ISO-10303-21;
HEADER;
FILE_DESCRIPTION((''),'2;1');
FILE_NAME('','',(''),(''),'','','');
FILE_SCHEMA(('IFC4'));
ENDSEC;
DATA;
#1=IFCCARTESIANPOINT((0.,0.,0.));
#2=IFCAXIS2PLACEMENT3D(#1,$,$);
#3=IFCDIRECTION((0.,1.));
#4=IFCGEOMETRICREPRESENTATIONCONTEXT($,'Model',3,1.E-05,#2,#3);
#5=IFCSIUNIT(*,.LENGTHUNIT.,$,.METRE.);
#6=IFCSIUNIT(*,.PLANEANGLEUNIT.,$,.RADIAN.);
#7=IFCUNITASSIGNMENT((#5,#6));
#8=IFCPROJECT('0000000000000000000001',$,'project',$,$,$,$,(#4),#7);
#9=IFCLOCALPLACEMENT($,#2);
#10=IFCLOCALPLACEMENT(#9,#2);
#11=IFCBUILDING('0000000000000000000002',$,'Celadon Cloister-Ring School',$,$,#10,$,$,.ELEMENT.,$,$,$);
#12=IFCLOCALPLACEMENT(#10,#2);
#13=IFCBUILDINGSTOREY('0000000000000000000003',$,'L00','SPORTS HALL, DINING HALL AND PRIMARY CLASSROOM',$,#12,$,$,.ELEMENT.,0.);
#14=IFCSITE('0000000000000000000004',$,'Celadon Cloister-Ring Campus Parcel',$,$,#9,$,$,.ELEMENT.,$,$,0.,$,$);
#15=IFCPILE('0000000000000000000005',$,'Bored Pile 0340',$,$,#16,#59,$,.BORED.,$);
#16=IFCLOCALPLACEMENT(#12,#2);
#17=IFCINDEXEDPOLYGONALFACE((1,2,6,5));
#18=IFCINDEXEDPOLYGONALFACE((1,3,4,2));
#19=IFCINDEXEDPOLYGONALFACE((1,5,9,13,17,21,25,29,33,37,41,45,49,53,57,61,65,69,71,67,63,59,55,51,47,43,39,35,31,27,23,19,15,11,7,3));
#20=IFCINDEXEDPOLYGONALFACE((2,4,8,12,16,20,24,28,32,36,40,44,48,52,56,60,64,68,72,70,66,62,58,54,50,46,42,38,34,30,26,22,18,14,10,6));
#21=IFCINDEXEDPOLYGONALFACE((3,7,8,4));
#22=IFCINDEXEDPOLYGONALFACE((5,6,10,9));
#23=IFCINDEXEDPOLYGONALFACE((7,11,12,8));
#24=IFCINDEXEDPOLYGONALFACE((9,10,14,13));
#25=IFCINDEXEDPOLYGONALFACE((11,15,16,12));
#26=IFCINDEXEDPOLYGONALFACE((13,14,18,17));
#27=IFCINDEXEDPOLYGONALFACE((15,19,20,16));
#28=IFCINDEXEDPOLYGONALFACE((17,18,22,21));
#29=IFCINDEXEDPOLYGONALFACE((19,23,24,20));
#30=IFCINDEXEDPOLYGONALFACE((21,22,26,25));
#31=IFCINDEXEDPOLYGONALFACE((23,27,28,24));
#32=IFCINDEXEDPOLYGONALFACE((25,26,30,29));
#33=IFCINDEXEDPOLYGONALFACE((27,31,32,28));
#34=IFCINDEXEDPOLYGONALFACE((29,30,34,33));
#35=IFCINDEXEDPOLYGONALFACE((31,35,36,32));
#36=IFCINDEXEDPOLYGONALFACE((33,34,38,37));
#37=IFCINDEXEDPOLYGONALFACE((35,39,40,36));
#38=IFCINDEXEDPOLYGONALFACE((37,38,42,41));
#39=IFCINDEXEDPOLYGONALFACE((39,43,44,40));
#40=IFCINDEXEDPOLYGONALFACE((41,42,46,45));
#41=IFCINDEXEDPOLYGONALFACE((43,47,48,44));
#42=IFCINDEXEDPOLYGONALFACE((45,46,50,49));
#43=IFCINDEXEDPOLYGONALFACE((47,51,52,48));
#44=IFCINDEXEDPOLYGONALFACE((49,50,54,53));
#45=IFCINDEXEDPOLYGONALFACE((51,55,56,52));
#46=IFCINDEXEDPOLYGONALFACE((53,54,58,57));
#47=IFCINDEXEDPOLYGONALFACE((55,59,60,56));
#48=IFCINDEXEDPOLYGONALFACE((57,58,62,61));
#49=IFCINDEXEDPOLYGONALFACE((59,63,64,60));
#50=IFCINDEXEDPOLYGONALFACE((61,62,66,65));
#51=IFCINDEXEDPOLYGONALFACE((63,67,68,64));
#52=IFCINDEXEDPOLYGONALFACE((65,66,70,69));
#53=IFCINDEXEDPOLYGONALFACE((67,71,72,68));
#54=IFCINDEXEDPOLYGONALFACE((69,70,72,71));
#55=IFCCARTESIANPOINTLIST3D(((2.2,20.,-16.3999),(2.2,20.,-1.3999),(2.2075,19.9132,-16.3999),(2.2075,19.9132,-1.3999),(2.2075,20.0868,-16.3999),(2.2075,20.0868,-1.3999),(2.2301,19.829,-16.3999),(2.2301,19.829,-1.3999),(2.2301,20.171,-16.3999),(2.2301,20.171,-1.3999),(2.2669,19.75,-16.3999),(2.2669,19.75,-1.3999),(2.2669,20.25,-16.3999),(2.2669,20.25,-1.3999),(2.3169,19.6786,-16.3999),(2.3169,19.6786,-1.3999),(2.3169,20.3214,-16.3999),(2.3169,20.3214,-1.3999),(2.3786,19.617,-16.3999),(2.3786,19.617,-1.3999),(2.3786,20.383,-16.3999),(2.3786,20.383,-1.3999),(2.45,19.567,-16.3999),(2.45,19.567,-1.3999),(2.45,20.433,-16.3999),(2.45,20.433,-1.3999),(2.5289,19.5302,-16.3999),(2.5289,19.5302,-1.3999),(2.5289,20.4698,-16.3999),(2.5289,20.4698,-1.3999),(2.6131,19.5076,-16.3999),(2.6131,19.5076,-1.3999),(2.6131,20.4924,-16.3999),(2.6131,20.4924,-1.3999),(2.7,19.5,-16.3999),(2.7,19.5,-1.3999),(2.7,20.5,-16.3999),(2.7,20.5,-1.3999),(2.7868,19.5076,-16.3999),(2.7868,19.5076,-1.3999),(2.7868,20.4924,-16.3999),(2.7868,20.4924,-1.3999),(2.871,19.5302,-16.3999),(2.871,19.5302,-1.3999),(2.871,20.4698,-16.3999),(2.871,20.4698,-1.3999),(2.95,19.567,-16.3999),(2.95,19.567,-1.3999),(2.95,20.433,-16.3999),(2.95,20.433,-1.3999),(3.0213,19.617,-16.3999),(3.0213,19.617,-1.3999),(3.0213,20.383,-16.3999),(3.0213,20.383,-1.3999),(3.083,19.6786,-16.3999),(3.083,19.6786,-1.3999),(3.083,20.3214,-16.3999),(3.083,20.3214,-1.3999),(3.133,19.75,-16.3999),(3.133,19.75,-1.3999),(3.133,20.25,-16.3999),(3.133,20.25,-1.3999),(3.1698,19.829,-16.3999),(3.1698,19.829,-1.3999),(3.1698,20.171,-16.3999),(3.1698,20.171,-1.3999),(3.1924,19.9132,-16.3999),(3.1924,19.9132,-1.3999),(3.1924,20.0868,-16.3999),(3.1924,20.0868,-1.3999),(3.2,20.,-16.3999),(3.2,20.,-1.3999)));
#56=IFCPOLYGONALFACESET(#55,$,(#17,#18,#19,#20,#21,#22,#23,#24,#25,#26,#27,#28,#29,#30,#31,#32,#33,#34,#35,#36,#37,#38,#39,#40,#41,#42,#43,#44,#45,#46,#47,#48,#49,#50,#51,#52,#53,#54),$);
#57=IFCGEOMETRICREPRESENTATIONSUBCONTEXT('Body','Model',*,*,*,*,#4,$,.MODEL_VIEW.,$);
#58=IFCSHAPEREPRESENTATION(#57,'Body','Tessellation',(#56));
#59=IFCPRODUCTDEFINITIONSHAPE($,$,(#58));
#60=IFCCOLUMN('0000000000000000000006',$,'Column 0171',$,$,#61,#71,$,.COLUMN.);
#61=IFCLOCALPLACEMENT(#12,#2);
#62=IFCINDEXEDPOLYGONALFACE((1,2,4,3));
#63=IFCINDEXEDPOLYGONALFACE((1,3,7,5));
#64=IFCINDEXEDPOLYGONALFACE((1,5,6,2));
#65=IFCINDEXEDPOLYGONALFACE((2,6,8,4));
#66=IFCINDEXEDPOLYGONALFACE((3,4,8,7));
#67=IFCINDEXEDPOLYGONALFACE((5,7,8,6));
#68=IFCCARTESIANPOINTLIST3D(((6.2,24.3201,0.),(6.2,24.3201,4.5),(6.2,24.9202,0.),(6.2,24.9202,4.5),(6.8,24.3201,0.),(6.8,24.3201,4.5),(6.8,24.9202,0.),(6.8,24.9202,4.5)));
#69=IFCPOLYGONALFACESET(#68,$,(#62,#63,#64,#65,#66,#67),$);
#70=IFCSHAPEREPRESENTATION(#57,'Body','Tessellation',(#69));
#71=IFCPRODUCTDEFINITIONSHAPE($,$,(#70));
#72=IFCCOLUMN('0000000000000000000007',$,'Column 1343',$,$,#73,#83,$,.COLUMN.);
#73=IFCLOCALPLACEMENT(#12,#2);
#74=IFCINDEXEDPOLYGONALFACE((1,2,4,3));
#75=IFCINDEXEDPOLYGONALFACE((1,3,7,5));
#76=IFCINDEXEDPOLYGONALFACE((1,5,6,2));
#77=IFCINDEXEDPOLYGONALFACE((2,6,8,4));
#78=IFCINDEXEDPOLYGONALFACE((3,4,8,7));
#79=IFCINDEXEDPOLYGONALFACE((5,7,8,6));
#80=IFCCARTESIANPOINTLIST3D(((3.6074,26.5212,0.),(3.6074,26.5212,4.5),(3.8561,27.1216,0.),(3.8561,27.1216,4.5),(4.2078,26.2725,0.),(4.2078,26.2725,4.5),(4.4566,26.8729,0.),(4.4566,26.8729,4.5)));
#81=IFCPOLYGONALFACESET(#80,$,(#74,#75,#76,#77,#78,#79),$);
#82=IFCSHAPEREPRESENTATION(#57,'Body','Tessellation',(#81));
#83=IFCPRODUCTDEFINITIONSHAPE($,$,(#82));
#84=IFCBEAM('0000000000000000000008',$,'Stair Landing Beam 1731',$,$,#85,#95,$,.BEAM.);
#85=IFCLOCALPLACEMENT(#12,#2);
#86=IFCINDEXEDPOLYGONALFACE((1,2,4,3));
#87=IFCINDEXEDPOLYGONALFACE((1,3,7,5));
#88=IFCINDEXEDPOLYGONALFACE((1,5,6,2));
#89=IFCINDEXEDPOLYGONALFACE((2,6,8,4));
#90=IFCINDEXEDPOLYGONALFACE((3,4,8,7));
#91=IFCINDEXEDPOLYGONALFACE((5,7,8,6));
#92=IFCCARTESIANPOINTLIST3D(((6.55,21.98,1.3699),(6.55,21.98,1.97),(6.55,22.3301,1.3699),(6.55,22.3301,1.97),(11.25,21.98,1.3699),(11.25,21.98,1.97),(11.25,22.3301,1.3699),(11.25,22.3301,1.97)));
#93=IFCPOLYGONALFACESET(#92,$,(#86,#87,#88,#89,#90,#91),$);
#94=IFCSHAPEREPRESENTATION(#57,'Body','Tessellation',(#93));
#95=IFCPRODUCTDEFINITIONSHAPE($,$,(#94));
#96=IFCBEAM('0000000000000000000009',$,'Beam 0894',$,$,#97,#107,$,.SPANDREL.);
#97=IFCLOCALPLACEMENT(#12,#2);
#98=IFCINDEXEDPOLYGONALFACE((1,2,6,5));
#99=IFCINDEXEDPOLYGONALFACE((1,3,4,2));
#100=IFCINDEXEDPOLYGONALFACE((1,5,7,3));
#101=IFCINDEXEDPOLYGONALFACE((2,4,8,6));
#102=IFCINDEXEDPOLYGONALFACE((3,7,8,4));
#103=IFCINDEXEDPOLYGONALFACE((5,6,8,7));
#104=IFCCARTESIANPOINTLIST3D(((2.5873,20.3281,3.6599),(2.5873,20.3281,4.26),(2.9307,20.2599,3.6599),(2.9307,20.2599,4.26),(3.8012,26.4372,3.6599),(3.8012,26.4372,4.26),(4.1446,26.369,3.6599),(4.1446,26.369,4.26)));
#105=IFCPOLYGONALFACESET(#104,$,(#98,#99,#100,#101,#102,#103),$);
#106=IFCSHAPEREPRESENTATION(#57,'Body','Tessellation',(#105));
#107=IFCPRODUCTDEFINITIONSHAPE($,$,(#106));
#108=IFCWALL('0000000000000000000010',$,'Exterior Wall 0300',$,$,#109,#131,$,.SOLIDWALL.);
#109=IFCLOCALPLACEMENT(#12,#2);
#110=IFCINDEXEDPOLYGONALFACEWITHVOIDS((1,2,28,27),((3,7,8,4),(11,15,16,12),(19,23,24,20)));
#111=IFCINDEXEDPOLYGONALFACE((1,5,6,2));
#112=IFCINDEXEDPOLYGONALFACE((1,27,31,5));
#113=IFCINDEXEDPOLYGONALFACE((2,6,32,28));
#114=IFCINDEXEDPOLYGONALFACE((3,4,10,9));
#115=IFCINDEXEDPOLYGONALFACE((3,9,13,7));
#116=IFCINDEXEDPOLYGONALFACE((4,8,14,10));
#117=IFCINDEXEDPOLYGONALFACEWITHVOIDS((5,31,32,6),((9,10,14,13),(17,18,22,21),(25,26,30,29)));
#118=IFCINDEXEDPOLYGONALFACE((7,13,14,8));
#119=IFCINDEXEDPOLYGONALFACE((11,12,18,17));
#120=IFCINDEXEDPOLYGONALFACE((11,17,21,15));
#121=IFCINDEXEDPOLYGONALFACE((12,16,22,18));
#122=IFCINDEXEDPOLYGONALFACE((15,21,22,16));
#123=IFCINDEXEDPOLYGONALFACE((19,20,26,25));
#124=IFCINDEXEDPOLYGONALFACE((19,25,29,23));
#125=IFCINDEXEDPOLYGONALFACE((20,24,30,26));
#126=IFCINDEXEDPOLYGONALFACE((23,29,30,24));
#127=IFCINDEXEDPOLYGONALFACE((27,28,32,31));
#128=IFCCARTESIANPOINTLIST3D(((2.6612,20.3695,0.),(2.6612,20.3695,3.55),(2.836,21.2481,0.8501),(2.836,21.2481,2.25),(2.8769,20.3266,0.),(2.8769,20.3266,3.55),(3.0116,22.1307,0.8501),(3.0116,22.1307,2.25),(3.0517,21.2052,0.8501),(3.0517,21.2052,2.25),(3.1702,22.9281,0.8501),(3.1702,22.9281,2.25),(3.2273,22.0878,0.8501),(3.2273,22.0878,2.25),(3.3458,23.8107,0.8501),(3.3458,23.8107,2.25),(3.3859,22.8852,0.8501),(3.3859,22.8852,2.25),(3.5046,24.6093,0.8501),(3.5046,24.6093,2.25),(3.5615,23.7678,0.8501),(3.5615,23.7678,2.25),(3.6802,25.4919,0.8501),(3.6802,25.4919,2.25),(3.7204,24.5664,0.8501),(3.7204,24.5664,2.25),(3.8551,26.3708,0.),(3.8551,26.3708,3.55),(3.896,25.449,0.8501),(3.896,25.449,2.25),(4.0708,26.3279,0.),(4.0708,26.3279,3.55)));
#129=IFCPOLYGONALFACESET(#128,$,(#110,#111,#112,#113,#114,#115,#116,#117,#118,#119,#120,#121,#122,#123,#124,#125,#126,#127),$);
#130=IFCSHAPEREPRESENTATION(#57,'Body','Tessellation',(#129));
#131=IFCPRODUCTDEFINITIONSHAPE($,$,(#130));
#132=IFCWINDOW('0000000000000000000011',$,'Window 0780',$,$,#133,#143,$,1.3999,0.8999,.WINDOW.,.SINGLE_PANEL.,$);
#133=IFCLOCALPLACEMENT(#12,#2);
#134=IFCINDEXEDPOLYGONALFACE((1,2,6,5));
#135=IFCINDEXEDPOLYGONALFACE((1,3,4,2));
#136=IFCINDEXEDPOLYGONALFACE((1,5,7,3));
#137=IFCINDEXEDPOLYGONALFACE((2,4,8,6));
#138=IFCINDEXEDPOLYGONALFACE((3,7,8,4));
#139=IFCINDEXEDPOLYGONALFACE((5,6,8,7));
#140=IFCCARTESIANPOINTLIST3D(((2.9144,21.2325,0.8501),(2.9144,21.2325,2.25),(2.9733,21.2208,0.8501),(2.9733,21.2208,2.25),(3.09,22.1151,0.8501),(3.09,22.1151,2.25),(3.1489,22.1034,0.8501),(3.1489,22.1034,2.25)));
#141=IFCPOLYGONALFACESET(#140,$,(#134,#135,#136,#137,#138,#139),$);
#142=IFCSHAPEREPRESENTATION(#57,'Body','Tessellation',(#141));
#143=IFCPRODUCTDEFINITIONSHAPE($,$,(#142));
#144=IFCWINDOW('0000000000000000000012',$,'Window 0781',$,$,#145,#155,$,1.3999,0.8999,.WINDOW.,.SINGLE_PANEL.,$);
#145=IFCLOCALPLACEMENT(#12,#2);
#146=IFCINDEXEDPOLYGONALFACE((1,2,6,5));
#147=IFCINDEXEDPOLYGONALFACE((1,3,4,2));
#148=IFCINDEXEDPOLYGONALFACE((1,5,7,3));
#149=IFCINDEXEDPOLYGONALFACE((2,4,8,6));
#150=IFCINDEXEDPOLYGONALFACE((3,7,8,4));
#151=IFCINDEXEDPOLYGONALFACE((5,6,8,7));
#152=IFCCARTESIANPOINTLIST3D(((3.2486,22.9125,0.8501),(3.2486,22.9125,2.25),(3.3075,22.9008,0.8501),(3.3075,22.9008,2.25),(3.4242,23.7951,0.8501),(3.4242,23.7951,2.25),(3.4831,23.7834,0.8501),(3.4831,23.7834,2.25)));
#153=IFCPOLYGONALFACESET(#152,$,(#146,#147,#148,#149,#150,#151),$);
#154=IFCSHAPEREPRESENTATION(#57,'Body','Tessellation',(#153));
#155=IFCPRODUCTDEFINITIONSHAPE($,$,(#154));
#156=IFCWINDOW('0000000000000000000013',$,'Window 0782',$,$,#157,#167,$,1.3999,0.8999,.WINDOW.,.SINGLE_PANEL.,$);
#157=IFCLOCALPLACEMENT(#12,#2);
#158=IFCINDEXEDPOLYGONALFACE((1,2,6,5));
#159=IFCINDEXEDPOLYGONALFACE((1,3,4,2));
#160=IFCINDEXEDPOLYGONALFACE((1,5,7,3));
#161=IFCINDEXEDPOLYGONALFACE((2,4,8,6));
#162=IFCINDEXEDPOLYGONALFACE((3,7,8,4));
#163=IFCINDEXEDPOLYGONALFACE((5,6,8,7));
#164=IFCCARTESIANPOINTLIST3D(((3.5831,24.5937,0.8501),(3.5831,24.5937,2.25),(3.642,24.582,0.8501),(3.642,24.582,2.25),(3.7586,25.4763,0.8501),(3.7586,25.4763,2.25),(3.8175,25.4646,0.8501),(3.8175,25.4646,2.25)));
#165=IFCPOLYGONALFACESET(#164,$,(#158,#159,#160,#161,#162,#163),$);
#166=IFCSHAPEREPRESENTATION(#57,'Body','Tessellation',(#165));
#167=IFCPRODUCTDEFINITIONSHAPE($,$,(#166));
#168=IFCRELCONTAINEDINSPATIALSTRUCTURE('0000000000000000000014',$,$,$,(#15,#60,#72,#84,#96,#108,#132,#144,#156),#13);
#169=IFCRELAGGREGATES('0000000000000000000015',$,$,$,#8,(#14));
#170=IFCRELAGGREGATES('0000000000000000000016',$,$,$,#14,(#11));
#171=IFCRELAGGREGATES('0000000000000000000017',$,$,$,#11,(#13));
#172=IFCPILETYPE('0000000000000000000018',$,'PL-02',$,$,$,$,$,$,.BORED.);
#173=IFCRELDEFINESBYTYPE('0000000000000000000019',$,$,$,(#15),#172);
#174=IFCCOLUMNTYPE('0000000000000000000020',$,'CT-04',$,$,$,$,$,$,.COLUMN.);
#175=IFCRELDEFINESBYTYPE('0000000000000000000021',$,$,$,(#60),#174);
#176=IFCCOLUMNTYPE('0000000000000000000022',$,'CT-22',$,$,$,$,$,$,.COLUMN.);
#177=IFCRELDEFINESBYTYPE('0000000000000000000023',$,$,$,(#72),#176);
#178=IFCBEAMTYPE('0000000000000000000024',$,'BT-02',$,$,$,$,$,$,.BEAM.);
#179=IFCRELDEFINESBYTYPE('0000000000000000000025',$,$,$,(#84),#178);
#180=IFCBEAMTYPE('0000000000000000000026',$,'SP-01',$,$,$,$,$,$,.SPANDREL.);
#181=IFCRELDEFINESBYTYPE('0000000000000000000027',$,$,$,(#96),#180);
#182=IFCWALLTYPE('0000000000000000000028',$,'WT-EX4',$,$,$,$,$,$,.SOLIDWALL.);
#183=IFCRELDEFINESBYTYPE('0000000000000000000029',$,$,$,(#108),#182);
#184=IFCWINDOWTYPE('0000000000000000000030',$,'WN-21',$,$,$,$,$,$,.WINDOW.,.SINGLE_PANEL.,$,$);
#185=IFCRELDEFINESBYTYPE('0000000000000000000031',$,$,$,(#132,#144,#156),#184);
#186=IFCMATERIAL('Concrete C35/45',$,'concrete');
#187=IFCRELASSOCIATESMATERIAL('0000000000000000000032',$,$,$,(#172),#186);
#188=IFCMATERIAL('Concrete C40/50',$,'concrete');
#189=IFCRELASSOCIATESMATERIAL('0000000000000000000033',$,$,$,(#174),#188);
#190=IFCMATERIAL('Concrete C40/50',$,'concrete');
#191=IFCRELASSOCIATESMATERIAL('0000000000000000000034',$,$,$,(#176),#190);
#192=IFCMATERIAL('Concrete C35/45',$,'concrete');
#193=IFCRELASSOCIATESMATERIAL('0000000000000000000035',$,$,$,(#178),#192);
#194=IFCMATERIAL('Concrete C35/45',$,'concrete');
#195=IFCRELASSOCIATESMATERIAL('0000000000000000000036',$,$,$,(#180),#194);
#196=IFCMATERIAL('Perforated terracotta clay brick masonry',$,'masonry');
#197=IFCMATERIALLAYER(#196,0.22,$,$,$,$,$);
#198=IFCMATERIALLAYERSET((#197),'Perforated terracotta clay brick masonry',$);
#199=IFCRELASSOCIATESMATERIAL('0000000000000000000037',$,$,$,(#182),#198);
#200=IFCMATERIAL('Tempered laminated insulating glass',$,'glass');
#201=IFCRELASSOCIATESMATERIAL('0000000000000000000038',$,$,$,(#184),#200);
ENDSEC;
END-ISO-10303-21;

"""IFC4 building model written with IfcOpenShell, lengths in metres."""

from ifc_helpers import new_model, si_unit, direction, frame, frame_2d, origin, origin_2d, place, context, subcontext, project, spatial, rectangle, circle, extrude, material, layer, layer_set, material_profile, profile_set, type_object, element, fill, save


model = new_model("IFC4")

# Units and contexts
model_context = context("Model", 3, precision=1e-05, world=origin(), true_north=direction((0.0, 1.0)))
body_context = subcontext(model_context, "Body", "Model", "MODEL_VIEW")
ifc_project = project(units=[si_unit("LENGTHUNIT", "METRE"), si_unit("PLANEANGLEUNIT", "RADIAN")], contexts=[model_context])

# Site, building, storey
site_placement = place(None, origin())
site = spatial("IfcSite", under=ifc_project, at=site_placement, Name="Celadon Cloister-Ring Campus Parcel", CompositionType="ELEMENT", RefElevation=0.0)
building_placement = place(site_placement, origin())
building = spatial("IfcBuilding", under=site, at=building_placement, Name="Celadon Cloister-Ring School", CompositionType="ELEMENT")
storey_placement = place(building_placement, origin())
storey = spatial("IfcBuildingStorey", under=building, at=storey_placement, Name="L00", Description="SPORTS HALL, DINING HALL AND PRIMARY CLASSROOM", CompositionType="ELEMENT", Elevation=0.0)

# Pile
ifc_material_1 = material(Name="Concrete C35/45", Category="concrete")
ifc_material_profile_1 = material_profile(ifc_material_1, circle(Radius=0.5, at=origin_2d()), Name="PILE1000")
ifc_profile_set_1 = profile_set([ifc_material_profile_1], Name="Concrete C35/45")
pile_type = type_object("IfcPileType", Name="PL-02", PredefinedType="BORED", material=ifc_profile_set_1)
for number, where, z_axis, x_axis, name in (
    (1, (2.7, 20.0, -1.3999), (0.0, 0.0, -1.0), (1.0, 0.0, 0.0), "Bored Pile 0340"),
):
    element("IfcPile", number, at=place(storey_placement, frame(where, z_axis=z_axis, x_axis=x_axis)), inside=storey, type_object=pile_type, Name=name, PredefinedType="BORED", context=body_context, shape_type="SweptSolid", body=[
        extrude(circle(Radius=0.5, at=origin_2d()), origin(), (0.0, 0.0, 1.0), 15.0),
    ])

# Columns
ifc_material_2 = material(Name="Concrete C40/50", Category="concrete")
ifc_material_profile_2 = material_profile(ifc_material_2, rectangle(XDim=0.6001, YDim=0.6001, at=origin_2d()), Name="RC600X600")
ifc_profile_set_2 = profile_set([ifc_material_profile_2], Name="Concrete C40/50")
column_type_1 = type_object("IfcColumnType", Name="CT-04", PredefinedType="COLUMN", material=ifc_profile_set_2)
column_1_placement = place(storey_placement, frame((6.5, 24.6201, 0.0), z_axis=(0.0, 0.0, 1.0), x_axis=(1.0, 0.0, 0.0)))
element("IfcColumn", 2, at=column_1_placement, inside=storey, type_object=column_type_1, Name="Column 0171", PredefinedType="COLUMN", context=body_context, shape_type="SweptSolid", body=[
    extrude(rectangle(XDim=0.6001, YDim=0.6001, at=origin_2d()), origin(), (0.0, 0.0, 1.0), 4.5),
])
ifc_material_3 = material(Name="Concrete C40/50", Category="concrete")
ifc_material_profile_3 = material_profile(ifc_material_3, rectangle(XDim=0.6499, YDim=0.6499, at=origin_2d()), Name="RC650X650")
ifc_profile_set_3 = profile_set([ifc_material_profile_3], Name="Concrete C40/50")
column_type_2 = type_object("IfcColumnType", Name="CT-22", PredefinedType="COLUMN", material=ifc_profile_set_3)
column_2_placement = place(storey_placement, frame((4.032, 26.697, 0.0), z_axis=(0.0, 0.0, 1.0), x_axis=(-0.92388, 0.382683, 0.0)))
element("IfcColumn", 3, at=column_2_placement, inside=storey, type_object=column_type_2, Name="Column 1343", PredefinedType="COLUMN", context=body_context, shape_type="SweptSolid", body=[
    extrude(rectangle(XDim=0.6499, YDim=0.6499, at=origin_2d()), origin(), (0.0, 0.0, 1.0), 4.5),
])

# Beams
ifc_material_4 = material(Name="Concrete C35/45", Category="concrete")
ifc_material_profile_4 = material_profile(ifc_material_4, rectangle(XDim=0.3501, YDim=0.6001, at=origin_2d()), Name="RC350X600")
ifc_profile_set_4 = profile_set([ifc_material_profile_4], Name="Concrete C35/45")
beam_type_1 = type_object("IfcBeamType", Name="BT-02", PredefinedType="BEAM", material=ifc_profile_set_4)
beam_1_placement = place(storey_placement, frame((6.55, 22.155, 1.6699), z_axis=(1.0, 0.0, 0.0), x_axis=(0.0, 1.0, 0.0)))
element("IfcBeam", 4, at=beam_1_placement, inside=storey, type_object=beam_type_1, Name="Stair Landing Beam 1731", PredefinedType="BEAM", context=body_context, shape_type="SweptSolid", body=[
    extrude(rectangle(XDim=0.3501, YDim=0.6001, at=origin_2d()), origin(), (0.0, 0.0, 1.0), 4.7),
])
ifc_material_5 = material(Name="Concrete C35/45", Category="concrete")
ifc_material_profile_5 = material_profile(ifc_material_5, rectangle(XDim=0.3501, YDim=0.6001, at=origin_2d()), Name="RC350X600")
ifc_profile_set_5 = profile_set([ifc_material_profile_5], Name="Concrete C35/45")
beam_type_2 = type_object("IfcBeamType", Name="SP-01", PredefinedType="SPANDREL", material=ifc_profile_set_5)
beam_2_placement = place(storey_placement, frame((3.9729, 26.4031, 3.96), z_axis=(-0.194887, -0.980826, 0.0), x_axis=(0.980826, -0.194887, 0.0)))
element("IfcBeam", 5, at=beam_2_placement, inside=storey, type_object=beam_type_2, Name="Beam 0894", PredefinedType="SPANDREL", context=body_context, shape_type="SweptSolid", body=[
    extrude(rectangle(XDim=0.3501, YDim=0.6001, at=origin_2d()), origin(), (0.0, 0.0, 1.0), 6.2285),
])

# Wall, openings, windows
ifc_material_6 = material(Name="Perforated terracotta clay brick masonry", Category="masonry")
ifc_layer_1 = layer(ifc_material_6, 0.22)
ifc_layer_set_1 = layer_set([ifc_layer_1], Name="Perforated terracotta clay brick masonry")
wall_type_1 = type_object("IfcWallType", Name="WT-EX4", PredefinedType="SOLIDWALL", material=ifc_layer_set_1)
wall_1_placement = place(storey_placement, frame((2.769, 20.3479, 0.0), z_axis=(0.0, 0.0, 1.0), x_axis=(0.195111, 0.980781, 0.0)))
wall_1 = element("IfcWall", 6, at=wall_1_placement, inside=storey, type_object=wall_type_1, Name="Exterior Wall 0300", PredefinedType="SOLIDWALL", context=body_context, shape_type="SweptSolid", body=[
    extrude(rectangle(XDim=6.1189, YDim=0.22, at=frame_2d((3.0596, 0.0))), origin(), (0.0, 0.0, 1.0), 3.55),
])
opening_1_placement = place(wall_1_placement, frame((0.896, 0.0, 0.8501)))
opening_1 = element("IfcOpeningElement", 7, at=opening_1_placement, cuts=wall_1, PredefinedType="OPENING", context=body_context, shape_type="SweptSolid", body=[
    extrude(rectangle(XDim=0.8999, YDim=1.3999, at=frame_2d((0.45, 0.7))), frame((0.0, 0.1201, 0.0), z_axis=(0.0, -1.0, 0.0), x_axis=(1.0, 0.0, 0.0)), (0.0, 0.0, 1.0), 0.24),
])
opening_2_placement = place(wall_1_placement, frame((2.6089, 0.0, 0.8501)))
opening_2 = element("IfcOpeningElement", 8, at=opening_2_placement, cuts=wall_1, PredefinedType="OPENING", context=body_context, shape_type="SweptSolid", body=[
    extrude(rectangle(XDim=0.8999, YDim=1.3999, at=frame_2d((0.45, 0.7))), frame((0.0, 0.1201, 0.0), z_axis=(0.0, -1.0, 0.0), x_axis=(1.0, 0.0, 0.0)), (0.0, 0.0, 1.0), 0.24),
])
opening_3_placement = place(wall_1_placement, frame((4.323, 0.0, 0.8501)))
opening_3 = element("IfcOpeningElement", 9, at=opening_3_placement, cuts=wall_1, PredefinedType="OPENING", context=body_context, shape_type="SweptSolid", body=[
    extrude(rectangle(XDim=0.8999, YDim=1.3999, at=frame_2d((0.45, 0.7))), frame((0.0, 0.1201, 0.0), z_axis=(0.0, -1.0, 0.0), x_axis=(1.0, 0.0, 0.0)), (0.0, 0.0, 1.0), 0.24),
])
ifc_material_7 = material(Name="Tempered laminated insulating glass", Category="glass")
window_type = type_object("IfcWindowType", Name="WN-21", PartitioningType="SINGLE_PANEL", PredefinedType="WINDOW", material=ifc_material_7)
window_1_placement = place(opening_1_placement, origin())
window_1 = element("IfcWindow", 10, at=window_1_placement, inside=storey, type_object=window_type, Name="Window 0780", OverallHeight=1.3999, OverallWidth=0.8999, PartitioningType="SINGLE_PANEL", PredefinedType="WINDOW", context=body_context, shape_type="SweptSolid", body=[
    extrude(rectangle(XDim=0.8999, YDim=1.3999, at=frame_2d((0.45, 0.7))), frame((0.0, 0.03, 0.0), z_axis=(0.0, -1.0, 0.0), x_axis=(1.0, 0.0, 0.0)), (0.0, 0.0, 1.0), 0.0601),
])
fill(opening_1, window_1)
window_2_placement = place(opening_2_placement, origin())
window_2 = element("IfcWindow", 11, at=window_2_placement, inside=storey, type_object=window_type, Name="Window 0781", OverallHeight=1.3999, OverallWidth=0.8999, PartitioningType="SINGLE_PANEL", PredefinedType="WINDOW", context=body_context, shape_type="SweptSolid", body=[
    extrude(rectangle(XDim=0.8999, YDim=1.3999, at=frame_2d((0.45, 0.7))), frame((0.0, 0.03, 0.0), z_axis=(0.0, -1.0, 0.0), x_axis=(1.0, 0.0, 0.0)), (0.0, 0.0, 1.0), 0.0601),
])
fill(opening_2, window_2)
window_3_placement = place(opening_3_placement, origin())
window_3 = element("IfcWindow", 12, at=window_3_placement, inside=storey, type_object=window_type, Name="Window 0782", OverallHeight=1.3999, OverallWidth=0.8999, PartitioningType="SINGLE_PANEL", PredefinedType="WINDOW", context=body_context, shape_type="SweptSolid", body=[
    extrude(rectangle(XDim=0.8999, YDim=1.3999, at=frame_2d((0.45, 0.7))), frame((0.0, 0.03, 0.0), z_axis=(0.0, -1.0, 0.0), x_axis=(1.0, 0.0, 0.0)), (0.0, 0.0, 1.0), 0.0601),
])
fill(opening_3, window_3)

save(model, "model.ifc")
